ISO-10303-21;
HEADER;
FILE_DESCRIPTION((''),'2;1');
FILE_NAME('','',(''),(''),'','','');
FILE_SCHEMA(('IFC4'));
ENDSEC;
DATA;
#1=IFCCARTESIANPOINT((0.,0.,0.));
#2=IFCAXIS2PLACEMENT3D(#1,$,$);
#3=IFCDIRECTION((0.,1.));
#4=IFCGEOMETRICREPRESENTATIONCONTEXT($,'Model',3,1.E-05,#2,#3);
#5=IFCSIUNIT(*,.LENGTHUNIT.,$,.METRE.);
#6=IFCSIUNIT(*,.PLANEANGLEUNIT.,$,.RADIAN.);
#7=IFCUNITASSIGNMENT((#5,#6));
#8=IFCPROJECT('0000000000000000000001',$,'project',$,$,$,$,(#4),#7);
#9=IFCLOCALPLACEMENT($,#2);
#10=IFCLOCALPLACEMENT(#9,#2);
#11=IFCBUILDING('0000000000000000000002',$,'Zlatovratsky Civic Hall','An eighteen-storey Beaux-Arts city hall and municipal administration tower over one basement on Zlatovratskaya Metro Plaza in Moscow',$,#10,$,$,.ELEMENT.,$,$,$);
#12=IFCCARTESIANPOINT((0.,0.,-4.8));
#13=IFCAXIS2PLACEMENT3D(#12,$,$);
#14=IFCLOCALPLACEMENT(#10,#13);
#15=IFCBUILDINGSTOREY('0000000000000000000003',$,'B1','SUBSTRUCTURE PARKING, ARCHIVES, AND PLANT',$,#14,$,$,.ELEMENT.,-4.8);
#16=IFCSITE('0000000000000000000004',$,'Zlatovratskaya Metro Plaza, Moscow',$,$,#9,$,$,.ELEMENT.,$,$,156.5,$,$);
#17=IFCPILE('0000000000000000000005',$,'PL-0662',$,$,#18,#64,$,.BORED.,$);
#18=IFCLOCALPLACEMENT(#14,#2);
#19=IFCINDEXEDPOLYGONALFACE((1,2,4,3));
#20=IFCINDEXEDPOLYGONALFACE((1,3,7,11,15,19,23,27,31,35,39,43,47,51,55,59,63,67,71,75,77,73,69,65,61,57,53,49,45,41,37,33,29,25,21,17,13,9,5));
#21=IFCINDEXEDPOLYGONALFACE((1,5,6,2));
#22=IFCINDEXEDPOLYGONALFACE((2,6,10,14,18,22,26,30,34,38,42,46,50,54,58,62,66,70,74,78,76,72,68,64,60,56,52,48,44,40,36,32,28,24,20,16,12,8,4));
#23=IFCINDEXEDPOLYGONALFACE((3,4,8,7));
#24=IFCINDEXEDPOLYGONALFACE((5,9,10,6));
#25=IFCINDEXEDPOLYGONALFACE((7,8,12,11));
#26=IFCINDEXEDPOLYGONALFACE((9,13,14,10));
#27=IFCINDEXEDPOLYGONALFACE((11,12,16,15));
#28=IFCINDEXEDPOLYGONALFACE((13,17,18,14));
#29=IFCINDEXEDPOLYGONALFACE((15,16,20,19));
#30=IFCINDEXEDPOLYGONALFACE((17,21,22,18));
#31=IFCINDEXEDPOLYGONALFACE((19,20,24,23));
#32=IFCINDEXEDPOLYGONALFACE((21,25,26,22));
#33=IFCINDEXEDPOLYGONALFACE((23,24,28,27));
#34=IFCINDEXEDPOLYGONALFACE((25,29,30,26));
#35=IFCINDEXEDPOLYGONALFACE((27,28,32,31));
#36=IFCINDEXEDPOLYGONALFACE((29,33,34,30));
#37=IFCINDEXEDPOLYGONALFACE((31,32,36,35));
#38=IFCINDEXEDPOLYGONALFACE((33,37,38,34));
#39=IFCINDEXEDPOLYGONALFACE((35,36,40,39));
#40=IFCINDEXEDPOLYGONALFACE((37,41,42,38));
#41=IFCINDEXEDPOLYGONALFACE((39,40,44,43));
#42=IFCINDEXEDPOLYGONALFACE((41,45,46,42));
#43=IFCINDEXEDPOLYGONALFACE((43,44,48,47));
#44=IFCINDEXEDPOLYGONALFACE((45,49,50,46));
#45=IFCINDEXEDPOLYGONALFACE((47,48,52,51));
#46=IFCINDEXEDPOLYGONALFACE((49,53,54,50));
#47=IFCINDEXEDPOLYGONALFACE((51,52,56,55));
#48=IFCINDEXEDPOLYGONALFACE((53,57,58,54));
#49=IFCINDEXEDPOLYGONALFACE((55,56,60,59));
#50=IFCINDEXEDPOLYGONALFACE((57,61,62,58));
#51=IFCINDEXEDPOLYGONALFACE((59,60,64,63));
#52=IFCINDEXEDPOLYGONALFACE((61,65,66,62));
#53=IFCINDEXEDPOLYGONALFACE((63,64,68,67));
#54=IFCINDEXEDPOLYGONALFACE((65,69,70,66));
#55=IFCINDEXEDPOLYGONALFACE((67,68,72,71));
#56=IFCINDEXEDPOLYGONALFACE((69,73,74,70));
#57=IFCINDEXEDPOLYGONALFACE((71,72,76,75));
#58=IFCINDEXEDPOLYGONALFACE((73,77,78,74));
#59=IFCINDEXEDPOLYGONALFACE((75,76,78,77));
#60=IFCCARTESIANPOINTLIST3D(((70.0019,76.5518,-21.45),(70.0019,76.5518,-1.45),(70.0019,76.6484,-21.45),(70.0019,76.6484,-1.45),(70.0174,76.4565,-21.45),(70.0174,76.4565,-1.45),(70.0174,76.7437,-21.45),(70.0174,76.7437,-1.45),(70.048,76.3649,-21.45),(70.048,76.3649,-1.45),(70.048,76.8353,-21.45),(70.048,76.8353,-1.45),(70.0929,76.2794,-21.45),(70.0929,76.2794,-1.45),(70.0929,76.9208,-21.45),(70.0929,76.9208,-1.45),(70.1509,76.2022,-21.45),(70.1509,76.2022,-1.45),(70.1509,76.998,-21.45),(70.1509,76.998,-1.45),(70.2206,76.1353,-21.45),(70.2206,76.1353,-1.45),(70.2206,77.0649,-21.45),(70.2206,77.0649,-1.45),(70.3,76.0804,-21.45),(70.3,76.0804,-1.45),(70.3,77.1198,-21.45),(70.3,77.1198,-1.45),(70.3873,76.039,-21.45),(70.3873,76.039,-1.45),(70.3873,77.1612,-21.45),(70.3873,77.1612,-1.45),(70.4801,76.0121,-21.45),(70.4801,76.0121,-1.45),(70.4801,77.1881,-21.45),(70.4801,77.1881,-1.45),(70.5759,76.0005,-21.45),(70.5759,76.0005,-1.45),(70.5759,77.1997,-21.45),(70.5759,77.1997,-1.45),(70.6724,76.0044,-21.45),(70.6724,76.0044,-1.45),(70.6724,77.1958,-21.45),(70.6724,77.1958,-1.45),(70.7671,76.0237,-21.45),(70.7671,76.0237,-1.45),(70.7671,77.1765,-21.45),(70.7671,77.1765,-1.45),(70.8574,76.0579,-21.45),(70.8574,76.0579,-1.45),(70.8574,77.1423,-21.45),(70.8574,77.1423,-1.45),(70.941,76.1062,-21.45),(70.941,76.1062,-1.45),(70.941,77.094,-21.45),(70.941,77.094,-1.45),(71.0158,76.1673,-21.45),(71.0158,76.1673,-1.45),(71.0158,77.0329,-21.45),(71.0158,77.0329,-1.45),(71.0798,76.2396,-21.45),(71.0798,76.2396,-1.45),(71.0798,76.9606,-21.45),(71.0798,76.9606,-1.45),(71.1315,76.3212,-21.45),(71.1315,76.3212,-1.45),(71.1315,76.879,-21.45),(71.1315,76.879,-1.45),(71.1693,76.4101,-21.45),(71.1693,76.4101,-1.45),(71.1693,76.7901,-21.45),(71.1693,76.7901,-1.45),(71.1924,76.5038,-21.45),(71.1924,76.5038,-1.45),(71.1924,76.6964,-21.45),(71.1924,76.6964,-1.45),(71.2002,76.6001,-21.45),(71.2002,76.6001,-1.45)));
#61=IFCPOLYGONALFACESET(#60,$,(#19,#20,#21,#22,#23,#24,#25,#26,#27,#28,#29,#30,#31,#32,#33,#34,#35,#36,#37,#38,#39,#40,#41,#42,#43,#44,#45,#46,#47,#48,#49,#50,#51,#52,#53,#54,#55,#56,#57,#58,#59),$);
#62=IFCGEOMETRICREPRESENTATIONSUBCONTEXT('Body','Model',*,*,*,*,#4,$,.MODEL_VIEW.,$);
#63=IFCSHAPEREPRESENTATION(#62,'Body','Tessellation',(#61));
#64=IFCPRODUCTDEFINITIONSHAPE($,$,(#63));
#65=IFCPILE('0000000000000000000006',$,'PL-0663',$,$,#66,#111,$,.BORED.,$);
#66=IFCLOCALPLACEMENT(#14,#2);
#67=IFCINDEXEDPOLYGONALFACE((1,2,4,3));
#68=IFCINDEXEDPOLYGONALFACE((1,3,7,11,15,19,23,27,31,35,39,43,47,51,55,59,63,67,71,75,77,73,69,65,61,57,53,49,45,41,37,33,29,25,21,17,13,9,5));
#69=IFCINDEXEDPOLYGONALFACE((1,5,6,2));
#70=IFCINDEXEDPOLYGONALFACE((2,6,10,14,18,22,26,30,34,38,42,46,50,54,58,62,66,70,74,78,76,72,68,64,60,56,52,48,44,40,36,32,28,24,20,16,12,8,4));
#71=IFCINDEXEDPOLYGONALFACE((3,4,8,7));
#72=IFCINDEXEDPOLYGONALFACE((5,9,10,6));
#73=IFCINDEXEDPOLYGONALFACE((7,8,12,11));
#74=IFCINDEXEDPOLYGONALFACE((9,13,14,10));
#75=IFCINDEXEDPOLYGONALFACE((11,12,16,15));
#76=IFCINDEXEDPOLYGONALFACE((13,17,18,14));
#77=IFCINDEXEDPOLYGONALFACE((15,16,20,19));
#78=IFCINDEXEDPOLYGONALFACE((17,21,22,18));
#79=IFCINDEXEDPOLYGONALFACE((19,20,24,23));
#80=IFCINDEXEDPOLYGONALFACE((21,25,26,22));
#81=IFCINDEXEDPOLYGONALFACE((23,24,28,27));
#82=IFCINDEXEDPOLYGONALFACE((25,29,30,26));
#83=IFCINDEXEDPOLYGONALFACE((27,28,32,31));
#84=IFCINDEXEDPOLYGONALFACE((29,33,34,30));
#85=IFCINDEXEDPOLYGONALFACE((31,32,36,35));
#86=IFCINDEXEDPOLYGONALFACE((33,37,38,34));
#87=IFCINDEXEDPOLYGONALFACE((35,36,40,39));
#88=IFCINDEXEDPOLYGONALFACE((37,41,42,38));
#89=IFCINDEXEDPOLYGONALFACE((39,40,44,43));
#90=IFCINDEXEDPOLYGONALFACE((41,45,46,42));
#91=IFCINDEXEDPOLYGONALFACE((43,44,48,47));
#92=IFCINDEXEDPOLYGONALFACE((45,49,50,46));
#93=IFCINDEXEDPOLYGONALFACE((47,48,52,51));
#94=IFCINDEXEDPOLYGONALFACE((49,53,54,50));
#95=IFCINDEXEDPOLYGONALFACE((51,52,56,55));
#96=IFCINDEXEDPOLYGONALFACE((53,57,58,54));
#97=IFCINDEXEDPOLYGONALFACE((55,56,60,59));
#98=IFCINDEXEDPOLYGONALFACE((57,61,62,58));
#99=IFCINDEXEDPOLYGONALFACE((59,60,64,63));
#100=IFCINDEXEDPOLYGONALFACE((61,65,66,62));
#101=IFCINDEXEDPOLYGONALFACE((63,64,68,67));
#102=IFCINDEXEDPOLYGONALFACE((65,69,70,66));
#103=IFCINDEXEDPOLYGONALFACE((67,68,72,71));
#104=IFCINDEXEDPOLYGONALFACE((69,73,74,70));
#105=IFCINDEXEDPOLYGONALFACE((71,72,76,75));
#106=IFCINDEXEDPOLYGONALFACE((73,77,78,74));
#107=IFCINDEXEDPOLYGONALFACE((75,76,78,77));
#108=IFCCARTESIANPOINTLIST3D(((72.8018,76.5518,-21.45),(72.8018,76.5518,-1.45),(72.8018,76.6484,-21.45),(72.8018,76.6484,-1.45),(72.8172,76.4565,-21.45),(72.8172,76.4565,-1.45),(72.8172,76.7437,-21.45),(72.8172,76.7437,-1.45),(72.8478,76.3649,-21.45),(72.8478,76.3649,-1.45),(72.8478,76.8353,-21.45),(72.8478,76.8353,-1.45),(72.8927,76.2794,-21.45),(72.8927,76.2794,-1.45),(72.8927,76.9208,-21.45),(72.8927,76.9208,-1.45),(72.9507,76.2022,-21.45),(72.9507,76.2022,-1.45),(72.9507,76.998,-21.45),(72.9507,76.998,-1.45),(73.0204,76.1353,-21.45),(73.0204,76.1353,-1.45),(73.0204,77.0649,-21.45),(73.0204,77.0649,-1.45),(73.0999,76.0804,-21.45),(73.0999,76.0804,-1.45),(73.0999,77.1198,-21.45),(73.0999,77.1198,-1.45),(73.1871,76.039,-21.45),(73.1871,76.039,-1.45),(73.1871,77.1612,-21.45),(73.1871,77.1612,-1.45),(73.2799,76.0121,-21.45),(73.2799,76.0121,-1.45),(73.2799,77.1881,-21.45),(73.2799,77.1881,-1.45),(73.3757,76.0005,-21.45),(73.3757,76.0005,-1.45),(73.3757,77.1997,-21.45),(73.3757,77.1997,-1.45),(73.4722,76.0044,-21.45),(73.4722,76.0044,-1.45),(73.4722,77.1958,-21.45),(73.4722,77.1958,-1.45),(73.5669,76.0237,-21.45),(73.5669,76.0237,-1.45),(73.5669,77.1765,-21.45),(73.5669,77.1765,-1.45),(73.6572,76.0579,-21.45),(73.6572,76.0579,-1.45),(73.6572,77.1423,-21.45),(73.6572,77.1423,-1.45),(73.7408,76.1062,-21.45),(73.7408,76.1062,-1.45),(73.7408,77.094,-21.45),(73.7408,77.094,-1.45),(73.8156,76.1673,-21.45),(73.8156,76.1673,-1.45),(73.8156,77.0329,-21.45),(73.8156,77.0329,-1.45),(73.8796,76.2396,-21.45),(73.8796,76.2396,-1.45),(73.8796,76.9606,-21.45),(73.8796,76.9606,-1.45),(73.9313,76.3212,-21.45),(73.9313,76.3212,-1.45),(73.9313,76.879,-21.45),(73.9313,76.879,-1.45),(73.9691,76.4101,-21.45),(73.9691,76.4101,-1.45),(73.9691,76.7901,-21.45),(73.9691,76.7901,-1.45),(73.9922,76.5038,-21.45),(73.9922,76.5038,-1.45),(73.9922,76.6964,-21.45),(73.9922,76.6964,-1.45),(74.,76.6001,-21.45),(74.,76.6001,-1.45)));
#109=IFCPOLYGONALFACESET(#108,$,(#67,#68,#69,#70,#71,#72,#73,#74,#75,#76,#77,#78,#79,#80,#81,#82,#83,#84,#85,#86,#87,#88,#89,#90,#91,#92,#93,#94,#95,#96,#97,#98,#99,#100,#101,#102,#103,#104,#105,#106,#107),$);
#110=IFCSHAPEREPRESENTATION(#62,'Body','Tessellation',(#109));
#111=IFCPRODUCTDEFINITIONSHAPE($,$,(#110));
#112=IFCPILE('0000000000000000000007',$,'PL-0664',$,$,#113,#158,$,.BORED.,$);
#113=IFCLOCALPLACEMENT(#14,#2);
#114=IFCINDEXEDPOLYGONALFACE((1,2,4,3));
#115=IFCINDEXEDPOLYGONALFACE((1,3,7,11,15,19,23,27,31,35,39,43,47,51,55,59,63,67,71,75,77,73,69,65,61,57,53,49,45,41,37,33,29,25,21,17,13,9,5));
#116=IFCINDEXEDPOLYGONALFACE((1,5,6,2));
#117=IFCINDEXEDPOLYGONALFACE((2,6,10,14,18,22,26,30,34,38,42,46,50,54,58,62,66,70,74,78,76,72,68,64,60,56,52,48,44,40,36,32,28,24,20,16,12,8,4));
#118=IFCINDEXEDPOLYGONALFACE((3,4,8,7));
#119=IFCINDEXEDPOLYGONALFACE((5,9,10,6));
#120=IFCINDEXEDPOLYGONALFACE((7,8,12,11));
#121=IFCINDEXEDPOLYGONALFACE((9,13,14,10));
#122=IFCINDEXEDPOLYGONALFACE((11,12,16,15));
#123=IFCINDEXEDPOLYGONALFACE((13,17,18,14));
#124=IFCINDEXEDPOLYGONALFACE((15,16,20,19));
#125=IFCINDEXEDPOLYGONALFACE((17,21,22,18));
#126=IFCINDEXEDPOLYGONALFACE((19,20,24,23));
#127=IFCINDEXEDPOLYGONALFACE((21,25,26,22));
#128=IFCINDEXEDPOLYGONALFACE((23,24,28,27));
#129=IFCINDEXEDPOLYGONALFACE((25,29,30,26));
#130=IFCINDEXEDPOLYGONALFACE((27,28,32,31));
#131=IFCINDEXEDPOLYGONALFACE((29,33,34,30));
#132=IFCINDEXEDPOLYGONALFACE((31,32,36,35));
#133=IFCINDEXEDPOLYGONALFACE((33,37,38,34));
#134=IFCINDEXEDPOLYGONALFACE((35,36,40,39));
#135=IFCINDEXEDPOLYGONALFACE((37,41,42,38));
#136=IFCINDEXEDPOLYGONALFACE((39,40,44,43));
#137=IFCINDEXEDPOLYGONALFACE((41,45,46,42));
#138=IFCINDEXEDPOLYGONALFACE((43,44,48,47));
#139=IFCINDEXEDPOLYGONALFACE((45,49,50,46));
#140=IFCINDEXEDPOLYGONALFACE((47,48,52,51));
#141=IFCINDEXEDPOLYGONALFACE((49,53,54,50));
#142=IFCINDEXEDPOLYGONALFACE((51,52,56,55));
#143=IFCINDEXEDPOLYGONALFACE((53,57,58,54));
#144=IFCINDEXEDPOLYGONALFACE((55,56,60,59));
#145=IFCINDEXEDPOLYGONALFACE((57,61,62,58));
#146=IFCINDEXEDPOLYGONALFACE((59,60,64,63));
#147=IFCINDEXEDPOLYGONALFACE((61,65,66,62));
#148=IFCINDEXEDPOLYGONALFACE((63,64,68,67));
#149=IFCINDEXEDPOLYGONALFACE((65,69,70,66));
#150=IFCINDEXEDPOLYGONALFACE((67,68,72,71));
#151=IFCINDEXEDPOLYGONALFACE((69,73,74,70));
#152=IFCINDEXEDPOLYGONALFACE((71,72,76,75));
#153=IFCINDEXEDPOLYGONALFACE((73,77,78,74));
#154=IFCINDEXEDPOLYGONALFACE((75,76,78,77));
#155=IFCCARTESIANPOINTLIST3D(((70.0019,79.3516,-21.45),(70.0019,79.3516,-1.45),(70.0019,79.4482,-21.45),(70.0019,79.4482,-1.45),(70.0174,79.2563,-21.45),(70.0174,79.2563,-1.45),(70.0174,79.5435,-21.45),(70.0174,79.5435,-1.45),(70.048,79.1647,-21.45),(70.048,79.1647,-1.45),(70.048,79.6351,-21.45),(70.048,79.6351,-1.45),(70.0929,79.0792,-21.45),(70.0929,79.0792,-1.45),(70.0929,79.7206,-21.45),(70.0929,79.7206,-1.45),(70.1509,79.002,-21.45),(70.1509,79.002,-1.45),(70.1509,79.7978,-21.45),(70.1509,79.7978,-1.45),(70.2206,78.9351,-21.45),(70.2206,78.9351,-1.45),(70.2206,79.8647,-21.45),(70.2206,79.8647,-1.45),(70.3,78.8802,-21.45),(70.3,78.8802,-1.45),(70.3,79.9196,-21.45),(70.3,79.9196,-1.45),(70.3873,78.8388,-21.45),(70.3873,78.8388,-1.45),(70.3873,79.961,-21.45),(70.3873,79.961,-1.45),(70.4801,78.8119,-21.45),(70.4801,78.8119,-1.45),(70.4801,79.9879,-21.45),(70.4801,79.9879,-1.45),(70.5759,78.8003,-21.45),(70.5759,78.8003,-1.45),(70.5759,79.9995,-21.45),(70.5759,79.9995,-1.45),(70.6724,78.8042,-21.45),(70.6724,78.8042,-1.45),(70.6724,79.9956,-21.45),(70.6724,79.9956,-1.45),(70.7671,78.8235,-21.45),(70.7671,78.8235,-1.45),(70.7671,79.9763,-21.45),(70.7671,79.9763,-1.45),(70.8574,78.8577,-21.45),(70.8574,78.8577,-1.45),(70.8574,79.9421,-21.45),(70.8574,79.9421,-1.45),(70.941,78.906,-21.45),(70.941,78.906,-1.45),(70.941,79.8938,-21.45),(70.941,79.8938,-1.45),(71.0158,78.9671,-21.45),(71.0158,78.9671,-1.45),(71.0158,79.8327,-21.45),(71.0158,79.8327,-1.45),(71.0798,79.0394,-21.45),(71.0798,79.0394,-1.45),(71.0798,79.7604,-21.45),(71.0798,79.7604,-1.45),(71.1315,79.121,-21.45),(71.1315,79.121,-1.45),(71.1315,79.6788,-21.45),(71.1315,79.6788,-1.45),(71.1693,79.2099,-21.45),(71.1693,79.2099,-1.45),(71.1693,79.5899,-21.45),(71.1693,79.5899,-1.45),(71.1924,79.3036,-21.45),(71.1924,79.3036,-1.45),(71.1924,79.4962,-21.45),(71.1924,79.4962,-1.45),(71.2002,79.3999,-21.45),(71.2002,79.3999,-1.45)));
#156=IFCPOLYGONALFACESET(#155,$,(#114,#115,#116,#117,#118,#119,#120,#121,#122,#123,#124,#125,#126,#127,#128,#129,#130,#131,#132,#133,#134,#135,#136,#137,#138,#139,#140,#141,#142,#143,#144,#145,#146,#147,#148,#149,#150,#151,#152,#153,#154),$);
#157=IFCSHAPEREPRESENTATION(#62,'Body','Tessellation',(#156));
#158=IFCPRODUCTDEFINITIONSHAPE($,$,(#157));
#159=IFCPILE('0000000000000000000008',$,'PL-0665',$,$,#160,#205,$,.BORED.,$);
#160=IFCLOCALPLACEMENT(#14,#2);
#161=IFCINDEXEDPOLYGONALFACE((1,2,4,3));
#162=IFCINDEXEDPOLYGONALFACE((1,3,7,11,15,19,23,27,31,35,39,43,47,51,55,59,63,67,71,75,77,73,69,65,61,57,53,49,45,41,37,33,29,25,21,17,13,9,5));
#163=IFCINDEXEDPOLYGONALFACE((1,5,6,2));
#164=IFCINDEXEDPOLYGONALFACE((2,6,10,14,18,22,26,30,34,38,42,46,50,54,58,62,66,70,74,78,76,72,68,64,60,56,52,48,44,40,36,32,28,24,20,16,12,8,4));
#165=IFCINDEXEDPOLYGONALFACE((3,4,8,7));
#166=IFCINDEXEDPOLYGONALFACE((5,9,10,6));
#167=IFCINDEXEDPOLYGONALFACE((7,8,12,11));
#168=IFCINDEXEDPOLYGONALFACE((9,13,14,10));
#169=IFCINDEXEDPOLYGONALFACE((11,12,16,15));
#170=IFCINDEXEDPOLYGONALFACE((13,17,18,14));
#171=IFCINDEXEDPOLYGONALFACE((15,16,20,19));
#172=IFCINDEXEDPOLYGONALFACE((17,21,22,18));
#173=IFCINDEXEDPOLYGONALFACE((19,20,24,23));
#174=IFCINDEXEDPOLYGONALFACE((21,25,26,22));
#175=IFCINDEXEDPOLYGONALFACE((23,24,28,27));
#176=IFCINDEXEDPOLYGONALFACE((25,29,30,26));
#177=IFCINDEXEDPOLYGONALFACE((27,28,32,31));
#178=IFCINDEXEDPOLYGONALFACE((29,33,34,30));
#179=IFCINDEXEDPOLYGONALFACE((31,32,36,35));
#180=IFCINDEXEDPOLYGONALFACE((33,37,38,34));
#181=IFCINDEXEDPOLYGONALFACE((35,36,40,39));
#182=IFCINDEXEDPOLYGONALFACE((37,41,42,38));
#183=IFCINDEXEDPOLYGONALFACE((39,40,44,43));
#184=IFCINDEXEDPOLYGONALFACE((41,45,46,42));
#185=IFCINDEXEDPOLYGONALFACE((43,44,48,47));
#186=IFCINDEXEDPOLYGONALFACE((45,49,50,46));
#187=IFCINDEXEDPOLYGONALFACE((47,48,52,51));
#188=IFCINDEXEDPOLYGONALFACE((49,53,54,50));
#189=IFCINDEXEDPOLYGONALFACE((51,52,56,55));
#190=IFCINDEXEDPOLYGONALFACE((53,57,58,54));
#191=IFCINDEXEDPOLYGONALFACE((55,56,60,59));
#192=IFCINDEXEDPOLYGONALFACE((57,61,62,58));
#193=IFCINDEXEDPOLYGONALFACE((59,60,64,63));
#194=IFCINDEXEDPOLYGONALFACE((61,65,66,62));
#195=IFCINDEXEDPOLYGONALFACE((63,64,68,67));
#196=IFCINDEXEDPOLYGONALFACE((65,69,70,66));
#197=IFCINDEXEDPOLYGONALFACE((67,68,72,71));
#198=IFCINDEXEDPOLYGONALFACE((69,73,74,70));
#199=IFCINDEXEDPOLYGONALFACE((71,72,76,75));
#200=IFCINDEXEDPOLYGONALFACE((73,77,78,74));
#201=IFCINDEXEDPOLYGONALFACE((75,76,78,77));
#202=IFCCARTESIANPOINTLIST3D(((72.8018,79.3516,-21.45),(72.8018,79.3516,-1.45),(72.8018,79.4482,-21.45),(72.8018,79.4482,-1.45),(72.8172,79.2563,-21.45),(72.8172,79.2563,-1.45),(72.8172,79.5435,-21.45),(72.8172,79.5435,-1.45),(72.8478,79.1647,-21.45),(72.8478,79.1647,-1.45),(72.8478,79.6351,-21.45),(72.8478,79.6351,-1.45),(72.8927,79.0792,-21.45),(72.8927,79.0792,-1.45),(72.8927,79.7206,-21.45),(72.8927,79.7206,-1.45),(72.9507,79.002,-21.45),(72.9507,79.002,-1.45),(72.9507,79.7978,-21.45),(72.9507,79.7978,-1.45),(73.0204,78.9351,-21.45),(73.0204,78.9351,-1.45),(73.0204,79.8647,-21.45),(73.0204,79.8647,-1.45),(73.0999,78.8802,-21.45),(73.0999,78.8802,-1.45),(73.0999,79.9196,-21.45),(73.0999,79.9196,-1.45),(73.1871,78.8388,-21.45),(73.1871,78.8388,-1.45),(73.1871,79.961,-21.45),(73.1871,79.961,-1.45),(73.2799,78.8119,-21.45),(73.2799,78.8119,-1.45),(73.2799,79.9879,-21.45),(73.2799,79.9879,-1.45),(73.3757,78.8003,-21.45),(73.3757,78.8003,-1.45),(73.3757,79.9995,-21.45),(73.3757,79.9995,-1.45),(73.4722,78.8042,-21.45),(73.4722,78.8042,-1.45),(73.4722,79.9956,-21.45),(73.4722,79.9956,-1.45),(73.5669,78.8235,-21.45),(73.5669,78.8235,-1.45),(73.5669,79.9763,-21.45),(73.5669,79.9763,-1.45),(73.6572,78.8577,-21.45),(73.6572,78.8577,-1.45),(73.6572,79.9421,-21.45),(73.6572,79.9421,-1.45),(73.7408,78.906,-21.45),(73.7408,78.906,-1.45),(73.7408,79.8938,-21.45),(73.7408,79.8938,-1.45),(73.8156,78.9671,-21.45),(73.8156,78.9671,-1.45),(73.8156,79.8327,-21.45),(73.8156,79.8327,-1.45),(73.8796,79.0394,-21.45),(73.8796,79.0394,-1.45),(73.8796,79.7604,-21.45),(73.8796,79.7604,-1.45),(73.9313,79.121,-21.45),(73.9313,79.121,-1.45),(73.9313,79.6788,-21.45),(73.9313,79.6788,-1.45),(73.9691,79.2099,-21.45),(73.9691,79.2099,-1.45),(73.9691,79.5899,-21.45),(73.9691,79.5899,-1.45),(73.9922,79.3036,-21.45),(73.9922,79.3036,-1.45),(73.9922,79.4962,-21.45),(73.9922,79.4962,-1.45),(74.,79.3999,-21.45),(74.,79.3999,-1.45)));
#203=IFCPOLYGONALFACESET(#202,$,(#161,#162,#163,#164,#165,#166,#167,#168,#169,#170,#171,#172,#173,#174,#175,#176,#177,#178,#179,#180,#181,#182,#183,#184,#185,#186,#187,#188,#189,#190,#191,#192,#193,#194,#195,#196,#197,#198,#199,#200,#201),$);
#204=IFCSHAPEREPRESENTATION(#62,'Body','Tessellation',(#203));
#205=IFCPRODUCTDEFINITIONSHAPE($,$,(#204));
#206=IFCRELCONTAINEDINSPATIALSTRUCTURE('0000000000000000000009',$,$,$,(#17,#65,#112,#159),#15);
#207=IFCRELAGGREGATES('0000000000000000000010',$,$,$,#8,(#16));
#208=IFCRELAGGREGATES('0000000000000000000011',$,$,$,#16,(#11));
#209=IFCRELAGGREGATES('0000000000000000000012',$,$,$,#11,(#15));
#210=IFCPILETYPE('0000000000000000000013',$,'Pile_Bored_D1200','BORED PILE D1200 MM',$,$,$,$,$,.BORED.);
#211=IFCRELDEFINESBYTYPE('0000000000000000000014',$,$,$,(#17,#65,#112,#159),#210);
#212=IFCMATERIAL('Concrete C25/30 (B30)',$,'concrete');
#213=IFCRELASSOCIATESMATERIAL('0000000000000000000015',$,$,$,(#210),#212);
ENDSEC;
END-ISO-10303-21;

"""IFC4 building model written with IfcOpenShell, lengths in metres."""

from ifc_helpers import new_model, si_unit, direction, frame, origin, origin_2d, place, context, subcontext, project, spatial, circle, extrude, material, material_profile, profile_set, type_object, element, save


model = new_model("IFC4")

# Units and contexts
model_context = context("Model", 3, precision=1e-05, world=origin(), true_north=direction((0.0, 1.0)))
body_context = subcontext(model_context, "Body", "Model", "MODEL_VIEW")
ifc_project = project(units=[si_unit("LENGTHUNIT", "METRE"), si_unit("PLANEANGLEUNIT", "RADIAN")], contexts=[model_context])

# Site, building, storey
site_placement = place(None, origin())
site = spatial("IfcSite", under=ifc_project, at=site_placement, Name="Zlatovratskaya Metro Plaza, Moscow", CompositionType="ELEMENT", RefElevation=156.5)
building_placement = place(site_placement, origin())
building = spatial("IfcBuilding", under=site, at=building_placement, Name="Zlatovratsky Civic Hall", Description="An eighteen-storey Beaux-Arts city hall and municipal administration tower over one basement on Zlatovratskaya Metro Plaza in Moscow", CompositionType="ELEMENT")
storey_placement = place(building_placement, frame((0.0, 0.0, -4.8)))
storey = spatial("IfcBuildingStorey", under=building, at=storey_placement, Name="B1", Description="SUBSTRUCTURE PARKING, ARCHIVES, AND PLANT", CompositionType="ELEMENT", Elevation=-4.8)

# Shared definitions
ifc_material_1 = material(Name="Concrete C25/30 (B30)", Category="concrete")

# Piles
ifc_material_profile_1 = material_profile(ifc_material_1, circle(Radius=0.6001, at=origin_2d()), Name="PILE D1200")
ifc_profile_set_1 = profile_set([ifc_material_profile_1], Name="Concrete C25/30 (B30)")
pile_type_1 = type_object("IfcPileType", Name="Pile_Bored_D1200", Description="BORED PILE D1200 MM", PredefinedType="BORED", material=ifc_profile_set_1)
for number, where, z_axis, x_axis, name in (
    (1, (70.6001, 76.6001, -1.45), (0.0, 0.0, -1.0), (1.0, 0.0, 0.0), "PL-0662"),
    (2, (73.3999, 76.6001, -1.45), (0.0, 0.0, -1.0), (1.0, 0.0, 0.0), "PL-0663"),
    (3, (70.6001, 79.3999, -1.45), (0.0, 0.0, -1.0), (1.0, 0.0, 0.0), "PL-0664"),
    (4, (73.3999, 79.3999, -1.45), (0.0, 0.0, -1.0), (1.0, 0.0, 0.0), "PL-0665"),
):
    element("IfcPile", number, at=place(storey_placement, frame(where, z_axis=z_axis, x_axis=x_axis)), inside=storey, type_object=pile_type_1, Name=name, PredefinedType="BORED", context=body_context, shape_type="SweptSolid", body=[
        extrude(circle(Radius=0.6001, at=origin_2d()), origin(), (0.0, 0.0, 1.0), 20.0),
    ])

save(model, "model.ifc")
